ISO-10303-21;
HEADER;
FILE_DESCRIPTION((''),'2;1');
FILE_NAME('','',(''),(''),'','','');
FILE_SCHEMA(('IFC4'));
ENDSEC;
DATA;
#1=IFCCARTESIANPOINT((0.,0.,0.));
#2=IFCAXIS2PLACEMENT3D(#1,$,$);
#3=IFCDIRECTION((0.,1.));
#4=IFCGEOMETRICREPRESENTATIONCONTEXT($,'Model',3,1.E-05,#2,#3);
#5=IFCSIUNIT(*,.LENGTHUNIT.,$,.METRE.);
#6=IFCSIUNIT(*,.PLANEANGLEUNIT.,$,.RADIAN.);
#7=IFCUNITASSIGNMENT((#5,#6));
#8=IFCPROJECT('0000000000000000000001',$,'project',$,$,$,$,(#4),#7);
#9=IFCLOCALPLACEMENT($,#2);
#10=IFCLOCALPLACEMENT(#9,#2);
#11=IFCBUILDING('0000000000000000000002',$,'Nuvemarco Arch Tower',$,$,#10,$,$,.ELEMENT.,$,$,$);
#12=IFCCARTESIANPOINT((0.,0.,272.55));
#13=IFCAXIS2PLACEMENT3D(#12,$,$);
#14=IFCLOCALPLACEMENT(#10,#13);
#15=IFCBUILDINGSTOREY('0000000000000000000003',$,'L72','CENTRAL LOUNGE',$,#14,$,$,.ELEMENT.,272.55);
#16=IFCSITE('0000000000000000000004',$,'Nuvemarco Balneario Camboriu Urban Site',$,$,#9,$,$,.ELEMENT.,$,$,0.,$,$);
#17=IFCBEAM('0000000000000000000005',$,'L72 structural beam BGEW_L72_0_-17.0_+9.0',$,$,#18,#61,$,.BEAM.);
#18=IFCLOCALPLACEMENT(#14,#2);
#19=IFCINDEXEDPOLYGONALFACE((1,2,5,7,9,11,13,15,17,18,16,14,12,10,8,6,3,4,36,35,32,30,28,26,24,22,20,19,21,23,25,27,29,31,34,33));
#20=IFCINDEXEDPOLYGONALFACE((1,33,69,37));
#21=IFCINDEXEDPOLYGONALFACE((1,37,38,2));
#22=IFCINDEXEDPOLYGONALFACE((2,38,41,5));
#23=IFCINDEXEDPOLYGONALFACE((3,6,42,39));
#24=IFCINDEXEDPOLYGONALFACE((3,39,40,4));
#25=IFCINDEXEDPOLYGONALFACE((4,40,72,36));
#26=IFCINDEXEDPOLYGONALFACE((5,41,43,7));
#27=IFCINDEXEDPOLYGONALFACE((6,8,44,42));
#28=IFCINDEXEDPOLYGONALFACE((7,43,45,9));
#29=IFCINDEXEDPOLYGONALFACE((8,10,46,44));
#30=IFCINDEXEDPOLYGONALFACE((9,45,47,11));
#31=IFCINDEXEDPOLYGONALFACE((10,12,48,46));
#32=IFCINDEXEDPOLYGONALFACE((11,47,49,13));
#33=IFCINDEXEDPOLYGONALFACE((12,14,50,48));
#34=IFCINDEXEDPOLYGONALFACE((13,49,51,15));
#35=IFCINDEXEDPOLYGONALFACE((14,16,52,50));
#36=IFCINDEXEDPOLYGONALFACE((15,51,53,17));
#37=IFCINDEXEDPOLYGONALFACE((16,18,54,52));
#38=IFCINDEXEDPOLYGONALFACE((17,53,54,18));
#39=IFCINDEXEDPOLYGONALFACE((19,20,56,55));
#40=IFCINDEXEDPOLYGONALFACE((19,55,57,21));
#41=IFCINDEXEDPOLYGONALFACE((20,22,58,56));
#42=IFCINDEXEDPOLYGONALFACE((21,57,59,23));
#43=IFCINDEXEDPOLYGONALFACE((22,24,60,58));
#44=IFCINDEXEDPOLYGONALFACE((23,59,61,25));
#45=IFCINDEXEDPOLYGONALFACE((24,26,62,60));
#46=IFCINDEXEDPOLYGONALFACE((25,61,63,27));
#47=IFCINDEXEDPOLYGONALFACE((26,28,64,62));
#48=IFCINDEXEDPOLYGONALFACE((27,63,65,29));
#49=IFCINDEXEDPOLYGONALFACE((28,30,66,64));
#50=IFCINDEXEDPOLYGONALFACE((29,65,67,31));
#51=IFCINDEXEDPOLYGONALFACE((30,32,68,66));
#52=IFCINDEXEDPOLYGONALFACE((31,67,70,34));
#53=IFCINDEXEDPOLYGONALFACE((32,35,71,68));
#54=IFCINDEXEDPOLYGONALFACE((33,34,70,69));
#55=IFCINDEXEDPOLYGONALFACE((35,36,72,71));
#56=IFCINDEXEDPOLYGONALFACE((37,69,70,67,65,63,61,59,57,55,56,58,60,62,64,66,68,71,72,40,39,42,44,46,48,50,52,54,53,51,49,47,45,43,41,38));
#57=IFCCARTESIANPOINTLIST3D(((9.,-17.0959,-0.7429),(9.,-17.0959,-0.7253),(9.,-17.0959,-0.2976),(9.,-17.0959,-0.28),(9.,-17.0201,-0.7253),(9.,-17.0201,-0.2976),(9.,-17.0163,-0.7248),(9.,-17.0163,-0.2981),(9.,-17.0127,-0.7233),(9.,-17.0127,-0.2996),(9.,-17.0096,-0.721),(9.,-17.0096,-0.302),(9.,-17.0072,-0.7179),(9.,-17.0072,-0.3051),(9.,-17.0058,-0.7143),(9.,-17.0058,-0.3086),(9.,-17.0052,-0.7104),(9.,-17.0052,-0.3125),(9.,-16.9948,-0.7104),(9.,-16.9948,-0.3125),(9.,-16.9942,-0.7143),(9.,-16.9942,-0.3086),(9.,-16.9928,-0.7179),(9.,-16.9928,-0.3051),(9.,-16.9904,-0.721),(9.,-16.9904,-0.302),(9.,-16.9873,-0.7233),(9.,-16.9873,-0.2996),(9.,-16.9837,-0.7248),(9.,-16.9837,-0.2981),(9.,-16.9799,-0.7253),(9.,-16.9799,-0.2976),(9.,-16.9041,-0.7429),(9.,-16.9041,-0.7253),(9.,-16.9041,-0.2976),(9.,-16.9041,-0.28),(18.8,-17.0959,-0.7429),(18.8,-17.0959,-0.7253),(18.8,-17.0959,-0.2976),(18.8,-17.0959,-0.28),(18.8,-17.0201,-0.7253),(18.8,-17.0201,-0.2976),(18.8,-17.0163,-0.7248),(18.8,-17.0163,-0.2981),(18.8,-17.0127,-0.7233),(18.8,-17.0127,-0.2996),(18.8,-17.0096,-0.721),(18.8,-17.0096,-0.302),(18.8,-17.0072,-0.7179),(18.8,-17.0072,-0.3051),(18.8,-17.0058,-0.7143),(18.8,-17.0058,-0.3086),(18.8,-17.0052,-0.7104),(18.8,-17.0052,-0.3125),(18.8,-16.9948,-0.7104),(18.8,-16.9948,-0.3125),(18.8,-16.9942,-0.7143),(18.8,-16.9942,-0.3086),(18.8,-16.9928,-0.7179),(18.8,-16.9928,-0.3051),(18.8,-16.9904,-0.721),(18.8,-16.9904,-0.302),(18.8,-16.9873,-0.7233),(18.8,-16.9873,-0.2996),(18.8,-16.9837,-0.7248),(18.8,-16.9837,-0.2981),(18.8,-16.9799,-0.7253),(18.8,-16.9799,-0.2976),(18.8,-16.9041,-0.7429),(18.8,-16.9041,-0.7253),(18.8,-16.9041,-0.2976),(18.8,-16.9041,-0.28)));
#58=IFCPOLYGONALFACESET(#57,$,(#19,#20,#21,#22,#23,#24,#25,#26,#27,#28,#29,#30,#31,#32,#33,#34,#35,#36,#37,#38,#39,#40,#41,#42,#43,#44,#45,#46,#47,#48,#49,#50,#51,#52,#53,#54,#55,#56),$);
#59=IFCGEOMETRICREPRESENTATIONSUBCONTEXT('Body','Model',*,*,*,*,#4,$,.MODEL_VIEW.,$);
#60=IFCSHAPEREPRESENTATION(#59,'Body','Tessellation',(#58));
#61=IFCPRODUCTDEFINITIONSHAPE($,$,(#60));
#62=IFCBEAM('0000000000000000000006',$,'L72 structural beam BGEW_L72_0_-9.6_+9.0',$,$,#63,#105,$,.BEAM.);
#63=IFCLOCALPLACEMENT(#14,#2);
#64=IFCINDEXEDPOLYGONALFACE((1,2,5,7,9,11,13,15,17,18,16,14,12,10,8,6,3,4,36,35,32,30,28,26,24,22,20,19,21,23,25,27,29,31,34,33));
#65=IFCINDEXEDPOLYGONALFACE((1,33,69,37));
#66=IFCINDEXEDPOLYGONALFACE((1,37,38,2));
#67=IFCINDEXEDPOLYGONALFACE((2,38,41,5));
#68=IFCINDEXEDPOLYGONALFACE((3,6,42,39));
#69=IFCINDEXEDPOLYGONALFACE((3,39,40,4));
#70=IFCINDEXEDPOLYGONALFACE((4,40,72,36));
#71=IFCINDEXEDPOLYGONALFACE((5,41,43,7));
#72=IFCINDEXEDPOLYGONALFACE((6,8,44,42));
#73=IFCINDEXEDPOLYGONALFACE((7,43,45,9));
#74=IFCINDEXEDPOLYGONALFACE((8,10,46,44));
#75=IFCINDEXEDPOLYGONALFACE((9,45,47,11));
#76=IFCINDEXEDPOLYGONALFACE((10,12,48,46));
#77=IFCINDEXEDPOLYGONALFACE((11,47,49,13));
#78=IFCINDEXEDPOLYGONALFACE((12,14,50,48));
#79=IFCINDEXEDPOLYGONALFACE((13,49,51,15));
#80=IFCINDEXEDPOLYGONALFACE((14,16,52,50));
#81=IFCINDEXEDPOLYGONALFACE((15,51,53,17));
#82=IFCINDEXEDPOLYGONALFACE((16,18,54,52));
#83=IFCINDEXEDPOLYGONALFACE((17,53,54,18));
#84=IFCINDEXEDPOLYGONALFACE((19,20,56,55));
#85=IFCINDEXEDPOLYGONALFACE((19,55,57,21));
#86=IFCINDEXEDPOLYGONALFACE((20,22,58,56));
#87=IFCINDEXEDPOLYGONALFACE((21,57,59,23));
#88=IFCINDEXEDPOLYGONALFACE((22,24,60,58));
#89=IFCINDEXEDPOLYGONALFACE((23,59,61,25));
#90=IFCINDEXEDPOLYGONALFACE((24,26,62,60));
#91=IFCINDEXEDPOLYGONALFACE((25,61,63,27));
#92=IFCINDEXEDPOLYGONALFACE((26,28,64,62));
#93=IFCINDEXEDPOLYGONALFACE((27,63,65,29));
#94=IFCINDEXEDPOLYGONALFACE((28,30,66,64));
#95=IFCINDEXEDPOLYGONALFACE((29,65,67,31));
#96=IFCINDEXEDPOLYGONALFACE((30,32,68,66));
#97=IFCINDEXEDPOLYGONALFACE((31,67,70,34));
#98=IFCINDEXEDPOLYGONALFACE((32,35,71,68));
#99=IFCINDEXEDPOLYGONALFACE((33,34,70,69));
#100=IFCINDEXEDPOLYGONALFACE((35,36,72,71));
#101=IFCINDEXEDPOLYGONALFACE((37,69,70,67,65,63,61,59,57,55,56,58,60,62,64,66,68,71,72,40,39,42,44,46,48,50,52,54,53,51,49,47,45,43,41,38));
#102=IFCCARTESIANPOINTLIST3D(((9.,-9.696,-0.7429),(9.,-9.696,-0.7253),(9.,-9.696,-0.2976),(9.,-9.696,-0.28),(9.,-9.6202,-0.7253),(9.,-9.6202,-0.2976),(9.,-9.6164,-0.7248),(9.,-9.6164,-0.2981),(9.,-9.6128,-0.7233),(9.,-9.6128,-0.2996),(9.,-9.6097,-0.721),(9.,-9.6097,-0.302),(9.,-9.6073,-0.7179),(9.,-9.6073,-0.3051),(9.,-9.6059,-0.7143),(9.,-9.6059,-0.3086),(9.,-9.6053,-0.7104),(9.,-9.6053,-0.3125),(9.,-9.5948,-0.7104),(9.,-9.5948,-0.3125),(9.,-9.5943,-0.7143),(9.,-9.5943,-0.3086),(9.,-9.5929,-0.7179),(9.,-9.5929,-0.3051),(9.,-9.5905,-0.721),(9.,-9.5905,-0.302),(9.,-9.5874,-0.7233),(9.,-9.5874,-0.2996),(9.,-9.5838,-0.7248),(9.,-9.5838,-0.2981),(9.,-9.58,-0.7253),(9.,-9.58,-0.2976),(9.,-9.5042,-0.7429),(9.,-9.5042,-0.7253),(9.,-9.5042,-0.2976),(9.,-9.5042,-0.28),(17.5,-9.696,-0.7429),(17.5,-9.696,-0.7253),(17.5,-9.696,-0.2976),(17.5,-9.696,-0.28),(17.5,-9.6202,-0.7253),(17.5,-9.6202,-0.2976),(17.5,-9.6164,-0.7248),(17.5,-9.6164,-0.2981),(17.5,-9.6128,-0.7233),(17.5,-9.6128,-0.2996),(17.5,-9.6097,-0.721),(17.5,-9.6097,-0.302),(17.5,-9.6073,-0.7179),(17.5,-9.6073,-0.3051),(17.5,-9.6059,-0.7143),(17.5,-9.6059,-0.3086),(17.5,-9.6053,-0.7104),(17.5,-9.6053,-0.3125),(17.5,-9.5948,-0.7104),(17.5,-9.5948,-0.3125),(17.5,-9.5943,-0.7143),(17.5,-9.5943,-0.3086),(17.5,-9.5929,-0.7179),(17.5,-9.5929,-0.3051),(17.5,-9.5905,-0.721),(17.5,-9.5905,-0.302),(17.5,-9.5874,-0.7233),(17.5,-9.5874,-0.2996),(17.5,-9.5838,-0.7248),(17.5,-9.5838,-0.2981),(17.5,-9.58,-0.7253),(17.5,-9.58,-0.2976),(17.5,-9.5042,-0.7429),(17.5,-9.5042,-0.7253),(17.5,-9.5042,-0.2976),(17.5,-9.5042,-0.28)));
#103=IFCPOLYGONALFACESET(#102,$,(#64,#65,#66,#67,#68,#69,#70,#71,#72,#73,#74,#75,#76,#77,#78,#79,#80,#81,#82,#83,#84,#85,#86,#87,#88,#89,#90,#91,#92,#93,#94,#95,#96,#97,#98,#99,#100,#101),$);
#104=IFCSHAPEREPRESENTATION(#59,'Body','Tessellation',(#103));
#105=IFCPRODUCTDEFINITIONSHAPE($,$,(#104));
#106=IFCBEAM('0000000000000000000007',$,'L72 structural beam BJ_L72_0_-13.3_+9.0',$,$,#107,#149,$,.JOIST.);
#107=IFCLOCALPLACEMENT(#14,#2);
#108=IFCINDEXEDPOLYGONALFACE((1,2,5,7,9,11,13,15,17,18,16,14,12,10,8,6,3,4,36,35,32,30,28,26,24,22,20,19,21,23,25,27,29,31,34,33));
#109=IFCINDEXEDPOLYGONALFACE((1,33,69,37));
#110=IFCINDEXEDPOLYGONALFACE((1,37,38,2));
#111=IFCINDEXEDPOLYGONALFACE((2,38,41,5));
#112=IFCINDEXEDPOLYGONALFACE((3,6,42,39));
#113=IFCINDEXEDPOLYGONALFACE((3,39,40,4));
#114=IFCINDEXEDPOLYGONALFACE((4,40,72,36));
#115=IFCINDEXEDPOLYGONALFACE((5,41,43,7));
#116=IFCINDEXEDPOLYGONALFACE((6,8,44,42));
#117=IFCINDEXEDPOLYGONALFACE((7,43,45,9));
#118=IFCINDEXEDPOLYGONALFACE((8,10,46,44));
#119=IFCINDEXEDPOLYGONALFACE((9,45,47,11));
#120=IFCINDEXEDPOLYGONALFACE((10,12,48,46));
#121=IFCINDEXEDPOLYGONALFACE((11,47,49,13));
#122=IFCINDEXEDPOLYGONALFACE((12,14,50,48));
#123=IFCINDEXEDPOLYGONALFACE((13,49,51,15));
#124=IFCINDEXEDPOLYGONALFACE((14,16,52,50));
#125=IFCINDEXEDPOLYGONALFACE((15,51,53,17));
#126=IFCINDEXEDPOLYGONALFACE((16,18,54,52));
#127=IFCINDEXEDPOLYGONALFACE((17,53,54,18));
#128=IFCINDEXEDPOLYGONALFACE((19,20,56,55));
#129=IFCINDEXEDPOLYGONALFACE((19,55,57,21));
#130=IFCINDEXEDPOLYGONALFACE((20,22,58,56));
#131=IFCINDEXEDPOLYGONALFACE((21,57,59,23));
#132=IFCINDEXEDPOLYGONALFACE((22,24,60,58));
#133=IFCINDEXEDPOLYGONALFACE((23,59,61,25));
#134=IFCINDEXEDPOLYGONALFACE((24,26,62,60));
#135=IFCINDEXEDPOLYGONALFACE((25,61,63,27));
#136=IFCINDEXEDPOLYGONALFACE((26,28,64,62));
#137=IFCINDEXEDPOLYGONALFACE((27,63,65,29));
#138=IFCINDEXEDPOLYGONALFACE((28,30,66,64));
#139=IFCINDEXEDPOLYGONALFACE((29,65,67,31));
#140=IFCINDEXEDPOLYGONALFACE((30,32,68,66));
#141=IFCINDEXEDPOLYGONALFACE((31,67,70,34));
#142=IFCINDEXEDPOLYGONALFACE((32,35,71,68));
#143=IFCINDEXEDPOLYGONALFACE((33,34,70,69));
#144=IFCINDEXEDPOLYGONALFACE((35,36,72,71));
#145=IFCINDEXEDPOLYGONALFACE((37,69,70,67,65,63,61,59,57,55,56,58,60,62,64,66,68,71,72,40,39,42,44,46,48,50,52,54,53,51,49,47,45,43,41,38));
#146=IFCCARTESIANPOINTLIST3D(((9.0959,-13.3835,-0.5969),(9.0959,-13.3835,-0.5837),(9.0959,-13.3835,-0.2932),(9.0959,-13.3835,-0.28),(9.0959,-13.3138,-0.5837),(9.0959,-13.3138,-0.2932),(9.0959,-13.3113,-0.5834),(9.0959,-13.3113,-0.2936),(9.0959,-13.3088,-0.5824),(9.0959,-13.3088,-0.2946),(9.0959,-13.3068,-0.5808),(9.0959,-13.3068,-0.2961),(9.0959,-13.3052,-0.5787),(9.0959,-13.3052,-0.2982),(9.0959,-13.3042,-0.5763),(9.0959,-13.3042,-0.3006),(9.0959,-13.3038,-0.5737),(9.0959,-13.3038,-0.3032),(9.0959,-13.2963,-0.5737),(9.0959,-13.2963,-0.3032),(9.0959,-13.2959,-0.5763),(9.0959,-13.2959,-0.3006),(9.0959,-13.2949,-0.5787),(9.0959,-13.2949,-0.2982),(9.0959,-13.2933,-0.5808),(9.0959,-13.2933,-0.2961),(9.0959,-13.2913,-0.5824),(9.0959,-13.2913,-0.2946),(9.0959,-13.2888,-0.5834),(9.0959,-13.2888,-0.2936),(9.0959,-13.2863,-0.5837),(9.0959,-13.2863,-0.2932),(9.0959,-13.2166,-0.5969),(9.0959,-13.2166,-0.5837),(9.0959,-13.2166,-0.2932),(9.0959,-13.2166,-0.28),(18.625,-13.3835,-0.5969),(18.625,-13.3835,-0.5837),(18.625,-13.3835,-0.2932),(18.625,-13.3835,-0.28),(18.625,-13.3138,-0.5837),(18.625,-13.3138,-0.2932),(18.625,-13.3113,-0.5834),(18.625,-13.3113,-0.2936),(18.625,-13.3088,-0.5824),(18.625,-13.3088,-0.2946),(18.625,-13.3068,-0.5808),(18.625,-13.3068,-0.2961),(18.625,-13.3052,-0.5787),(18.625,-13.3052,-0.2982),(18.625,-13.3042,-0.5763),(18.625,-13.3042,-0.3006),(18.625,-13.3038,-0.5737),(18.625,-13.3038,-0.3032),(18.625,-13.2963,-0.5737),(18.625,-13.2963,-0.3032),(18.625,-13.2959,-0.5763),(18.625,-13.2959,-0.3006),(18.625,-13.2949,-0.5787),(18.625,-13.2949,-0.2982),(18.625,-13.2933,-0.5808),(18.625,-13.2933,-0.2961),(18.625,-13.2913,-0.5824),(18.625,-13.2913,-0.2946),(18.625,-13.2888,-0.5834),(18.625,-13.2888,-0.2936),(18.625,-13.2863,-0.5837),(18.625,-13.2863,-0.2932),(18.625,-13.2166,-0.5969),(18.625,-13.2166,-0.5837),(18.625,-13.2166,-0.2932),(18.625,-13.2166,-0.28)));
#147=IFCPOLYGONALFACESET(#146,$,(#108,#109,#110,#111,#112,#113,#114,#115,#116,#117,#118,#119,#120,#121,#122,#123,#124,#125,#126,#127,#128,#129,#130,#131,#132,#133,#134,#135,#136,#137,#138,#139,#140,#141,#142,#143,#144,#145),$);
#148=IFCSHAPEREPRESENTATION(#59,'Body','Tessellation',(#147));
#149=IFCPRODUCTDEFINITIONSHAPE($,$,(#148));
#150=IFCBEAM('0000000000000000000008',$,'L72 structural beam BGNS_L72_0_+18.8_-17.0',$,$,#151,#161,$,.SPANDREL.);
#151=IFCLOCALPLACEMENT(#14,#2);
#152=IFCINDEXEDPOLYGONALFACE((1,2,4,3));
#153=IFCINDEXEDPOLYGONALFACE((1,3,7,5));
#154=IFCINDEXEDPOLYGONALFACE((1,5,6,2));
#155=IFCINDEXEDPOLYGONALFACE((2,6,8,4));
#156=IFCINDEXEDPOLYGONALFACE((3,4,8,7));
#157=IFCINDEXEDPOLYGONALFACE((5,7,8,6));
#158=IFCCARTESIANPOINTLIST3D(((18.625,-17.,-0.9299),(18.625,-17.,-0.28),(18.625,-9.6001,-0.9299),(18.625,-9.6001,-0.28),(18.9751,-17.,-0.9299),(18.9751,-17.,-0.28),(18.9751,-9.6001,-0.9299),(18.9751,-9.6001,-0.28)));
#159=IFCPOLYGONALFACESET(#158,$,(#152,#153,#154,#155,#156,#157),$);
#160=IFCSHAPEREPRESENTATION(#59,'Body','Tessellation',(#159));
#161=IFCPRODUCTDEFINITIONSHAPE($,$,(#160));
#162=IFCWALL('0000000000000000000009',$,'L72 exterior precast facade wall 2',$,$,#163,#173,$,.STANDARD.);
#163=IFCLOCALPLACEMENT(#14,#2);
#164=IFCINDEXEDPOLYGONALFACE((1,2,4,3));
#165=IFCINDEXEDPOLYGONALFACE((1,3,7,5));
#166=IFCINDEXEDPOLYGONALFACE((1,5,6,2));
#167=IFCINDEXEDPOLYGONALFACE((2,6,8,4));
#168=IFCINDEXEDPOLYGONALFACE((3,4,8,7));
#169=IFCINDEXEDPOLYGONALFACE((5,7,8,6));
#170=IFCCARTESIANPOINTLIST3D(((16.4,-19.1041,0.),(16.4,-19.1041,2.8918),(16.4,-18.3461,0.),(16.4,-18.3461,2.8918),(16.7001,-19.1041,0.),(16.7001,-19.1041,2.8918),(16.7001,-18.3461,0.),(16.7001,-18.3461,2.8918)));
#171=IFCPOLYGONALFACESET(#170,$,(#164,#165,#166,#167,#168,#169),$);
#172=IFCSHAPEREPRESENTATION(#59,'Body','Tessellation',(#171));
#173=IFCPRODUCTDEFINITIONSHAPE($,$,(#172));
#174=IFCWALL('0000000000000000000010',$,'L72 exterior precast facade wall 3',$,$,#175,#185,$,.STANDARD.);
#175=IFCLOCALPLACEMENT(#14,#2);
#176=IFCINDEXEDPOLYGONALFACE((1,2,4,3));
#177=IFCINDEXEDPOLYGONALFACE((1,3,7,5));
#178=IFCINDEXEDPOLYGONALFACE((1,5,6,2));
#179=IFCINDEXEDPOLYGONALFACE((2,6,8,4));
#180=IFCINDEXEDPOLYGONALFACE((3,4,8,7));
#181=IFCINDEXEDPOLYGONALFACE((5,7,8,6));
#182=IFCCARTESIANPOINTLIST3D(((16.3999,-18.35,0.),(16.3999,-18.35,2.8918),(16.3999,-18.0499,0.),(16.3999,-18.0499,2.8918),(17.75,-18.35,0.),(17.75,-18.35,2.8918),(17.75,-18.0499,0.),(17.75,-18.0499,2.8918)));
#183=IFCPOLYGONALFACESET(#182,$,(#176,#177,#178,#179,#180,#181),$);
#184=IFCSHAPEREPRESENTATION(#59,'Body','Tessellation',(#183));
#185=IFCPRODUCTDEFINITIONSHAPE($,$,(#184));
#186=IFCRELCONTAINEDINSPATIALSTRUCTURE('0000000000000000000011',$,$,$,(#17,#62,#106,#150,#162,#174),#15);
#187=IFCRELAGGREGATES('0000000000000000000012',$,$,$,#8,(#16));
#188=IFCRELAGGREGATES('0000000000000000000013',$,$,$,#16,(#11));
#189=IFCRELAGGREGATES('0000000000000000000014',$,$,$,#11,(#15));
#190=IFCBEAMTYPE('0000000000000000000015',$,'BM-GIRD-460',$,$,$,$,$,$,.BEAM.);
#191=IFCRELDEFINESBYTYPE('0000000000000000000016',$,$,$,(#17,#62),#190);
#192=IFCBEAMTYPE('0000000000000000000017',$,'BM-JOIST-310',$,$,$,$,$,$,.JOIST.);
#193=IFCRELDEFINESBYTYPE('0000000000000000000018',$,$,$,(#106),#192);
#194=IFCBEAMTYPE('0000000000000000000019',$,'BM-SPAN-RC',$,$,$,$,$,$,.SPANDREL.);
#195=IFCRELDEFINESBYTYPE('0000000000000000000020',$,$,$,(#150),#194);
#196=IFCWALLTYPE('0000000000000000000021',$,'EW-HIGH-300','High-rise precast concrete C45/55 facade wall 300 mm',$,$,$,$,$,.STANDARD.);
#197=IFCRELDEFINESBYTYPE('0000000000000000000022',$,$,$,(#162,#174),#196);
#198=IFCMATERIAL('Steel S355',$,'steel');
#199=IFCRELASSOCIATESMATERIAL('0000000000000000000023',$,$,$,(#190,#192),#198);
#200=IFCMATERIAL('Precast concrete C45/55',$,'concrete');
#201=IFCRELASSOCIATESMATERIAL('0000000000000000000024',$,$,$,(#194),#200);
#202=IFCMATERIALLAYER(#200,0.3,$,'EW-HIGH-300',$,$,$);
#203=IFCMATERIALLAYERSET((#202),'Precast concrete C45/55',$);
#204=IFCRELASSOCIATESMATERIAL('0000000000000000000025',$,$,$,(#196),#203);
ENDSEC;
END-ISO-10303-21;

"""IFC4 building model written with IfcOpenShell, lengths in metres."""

from ifc_helpers import new_model, si_unit, direction, frame, frame_2d, origin, origin_2d, place, context, subcontext, project, spatial, rectangle, i_section, extrude, material, layer, layer_set, material_profile, profile_set, type_object, element, save


model = new_model("IFC4")

# Units and contexts
model_context = context("Model", 3, precision=1e-05, world=origin(), true_north=direction((0.0, 1.0)))
body_context = subcontext(model_context, "Body", "Model", "MODEL_VIEW")
ifc_project = project(units=[si_unit("LENGTHUNIT", "METRE"), si_unit("PLANEANGLEUNIT", "RADIAN")], contexts=[model_context])

# Site, building, storey
site_placement = place(None, origin())
site = spatial("IfcSite", under=ifc_project, at=site_placement, Name="Nuvemarco Balneario Camboriu Urban Site", CompositionType="ELEMENT", RefElevation=0.0)
building_placement = place(site_placement, origin())
building = spatial("IfcBuilding", under=site, at=building_placement, Name="Nuvemarco Arch Tower", CompositionType="ELEMENT")
storey_placement = place(building_placement, frame((0.0, 0.0, 272.55)))
storey = spatial("IfcBuildingStorey", under=building, at=storey_placement, Name="L72", Description="CENTRAL LOUNGE", CompositionType="ELEMENT", Elevation=272.55)

# Shared definitions
ifc_material_1 = material(Name="Steel S355", Category="steel")

# Beams
ifc_material_profile_1 = material_profile(ifc_material_1, i_section(OverallWidth=0.1919, OverallDepth=0.4629, WebThickness=0.0105, FlangeThickness=0.0176, FilletRadius=0.0149, at=origin_2d()), Name="W460x89")
ifc_profile_set_1 = profile_set([ifc_material_profile_1], Name="Steel S355")
beam_type_1 = type_object("IfcBeamType", Name="BM-GIRD-460", PredefinedType="BEAM", material=ifc_profile_set_1)
beam_1_placement = place(storey_placement, frame((9.0, -17.0, -0.5115), z_axis=(1.0, 0.0, 0.0), x_axis=(0.0, 1.0, 0.0)))
element("IfcBeam", 1, at=beam_1_placement, inside=storey, type_object=beam_type_1, Name="L72 structural beam BGEW_L72_0_-17.0_+9.0", PredefinedType="BEAM", context=body_context, shape_type="SweptSolid", body=[
    extrude(i_section(OverallWidth=0.1919, OverallDepth=0.4629, WebThickness=0.0105, FlangeThickness=0.0176, FilletRadius=0.0149, at=origin_2d()), origin(), (0.0, 0.0, 1.0), 9.8),
])
beam_2_placement = place(storey_placement, frame((9.0, -9.6001, -0.5115), z_axis=(1.0, 0.0, 0.0), x_axis=(0.0, 1.0, 0.0)))
element("IfcBeam", 2, at=beam_2_placement, inside=storey, type_object=beam_type_1, Name="L72 structural beam BGEW_L72_0_-9.6_+9.0", PredefinedType="BEAM", context=body_context, shape_type="SweptSolid", body=[
    extrude(i_section(OverallWidth=0.1919, OverallDepth=0.4629, WebThickness=0.0105, FlangeThickness=0.0176, FilletRadius=0.0149, at=origin_2d()), origin(), (0.0, 0.0, 1.0), 8.5),
])
ifc_material_profile_2 = material_profile(ifc_material_1, i_section(OverallWidth=0.167, OverallDepth=0.3169, WebThickness=0.0076, FlangeThickness=0.0132, FilletRadius=0.01, at=origin_2d()), Name="W310x52")
ifc_profile_set_2 = profile_set([ifc_material_profile_2], Name="Steel S355")
beam_type_2 = type_object("IfcBeamType", Name="BM-JOIST-310", PredefinedType="JOIST", material=ifc_profile_set_2)
beam_3_placement = place(storey_placement, frame((9.0959, -13.3, -0.4385), z_axis=(1.0, 0.0, 0.0), x_axis=(0.0, 1.0, 0.0)))
element("IfcBeam", 3, at=beam_3_placement, inside=storey, type_object=beam_type_2, Name="L72 structural beam BJ_L72_0_-13.3_+9.0", PredefinedType="JOIST", context=body_context, shape_type="SweptSolid", body=[
    extrude(i_section(OverallWidth=0.167, OverallDepth=0.3169, WebThickness=0.0076, FlangeThickness=0.0132, FilletRadius=0.01, at=origin_2d()), origin(), (0.0, 0.0, 1.0), 9.5291),
])
ifc_material_2 = material(Name="Precast concrete C45/55", Category="concrete")
ifc_material_profile_3 = material_profile(ifc_material_2, rectangle(XDim=0.3501, YDim=0.6499, at=origin_2d()), Name="PC-SP-350x650")
ifc_profile_set_3 = profile_set([ifc_material_profile_3], Name="Precast concrete C45/55")
beam_type_3 = type_object("IfcBeamType", Name="BM-SPAN-RC", PredefinedType="SPANDREL", material=ifc_profile_set_3)
beam_4_placement = place(storey_placement, frame((18.8, -17.0, -0.605), z_axis=(0.0, 1.0, 0.0), x_axis=(-1.0, 0.0, 0.0)))
element("IfcBeam", 4, at=beam_4_placement, inside=storey, type_object=beam_type_3, Name="L72 structural beam BGNS_L72_0_+18.8_-17.0", PredefinedType="SPANDREL", context=body_context, shape_type="SweptSolid", body=[
    extrude(rectangle(XDim=0.3501, YDim=0.6499, at=origin_2d()), origin(), (0.0, 0.0, 1.0), 7.3999),
])

# Walls
ifc_layer_1 = layer(ifc_material_2, 0.3, Name="EW-HIGH-300")
ifc_layer_set_1 = layer_set([ifc_layer_1], Name="Precast concrete C45/55")
wall_type_1 = type_object("IfcWallType", Name="EW-HIGH-300", Description="High-rise precast concrete C45/55 facade wall 300 mm", PredefinedType="STANDARD", material=ifc_layer_set_1)
wall_1_placement = place(storey_placement, frame((16.55, -19.104, 0.0), z_axis=(0.0, 0.0, 1.0), x_axis=(0.0, 1.0, 0.0)))
element("IfcWall", 5, at=wall_1_placement, inside=storey, type_object=wall_type_1, Name="L72 exterior precast facade wall 2", PredefinedType="STANDARD", context=body_context, shape_type="SweptSolid", body=[
    extrude(rectangle(XDim=0.7581, YDim=0.3, at=frame_2d((0.3789, 0.0))), origin(), (0.0, 0.0, 1.0), 2.8918),
])
wall_2_placement = place(storey_placement, frame((16.3999, -18.2, 0.0), z_axis=(0.0, 0.0, 1.0), x_axis=(1.0, 0.0, 0.0)))
element("IfcWall", 6, at=wall_2_placement, inside=storey, type_object=wall_type_1, Name="L72 exterior precast facade wall 3", PredefinedType="STANDARD", context=body_context, shape_type="SweptSolid", body=[
    extrude(rectangle(XDim=1.3501, YDim=0.3, at=frame_2d((0.675, 0.0))), origin(), (0.0, 0.0, 1.0), 2.8918),
])

save(model, "model.ifc")
